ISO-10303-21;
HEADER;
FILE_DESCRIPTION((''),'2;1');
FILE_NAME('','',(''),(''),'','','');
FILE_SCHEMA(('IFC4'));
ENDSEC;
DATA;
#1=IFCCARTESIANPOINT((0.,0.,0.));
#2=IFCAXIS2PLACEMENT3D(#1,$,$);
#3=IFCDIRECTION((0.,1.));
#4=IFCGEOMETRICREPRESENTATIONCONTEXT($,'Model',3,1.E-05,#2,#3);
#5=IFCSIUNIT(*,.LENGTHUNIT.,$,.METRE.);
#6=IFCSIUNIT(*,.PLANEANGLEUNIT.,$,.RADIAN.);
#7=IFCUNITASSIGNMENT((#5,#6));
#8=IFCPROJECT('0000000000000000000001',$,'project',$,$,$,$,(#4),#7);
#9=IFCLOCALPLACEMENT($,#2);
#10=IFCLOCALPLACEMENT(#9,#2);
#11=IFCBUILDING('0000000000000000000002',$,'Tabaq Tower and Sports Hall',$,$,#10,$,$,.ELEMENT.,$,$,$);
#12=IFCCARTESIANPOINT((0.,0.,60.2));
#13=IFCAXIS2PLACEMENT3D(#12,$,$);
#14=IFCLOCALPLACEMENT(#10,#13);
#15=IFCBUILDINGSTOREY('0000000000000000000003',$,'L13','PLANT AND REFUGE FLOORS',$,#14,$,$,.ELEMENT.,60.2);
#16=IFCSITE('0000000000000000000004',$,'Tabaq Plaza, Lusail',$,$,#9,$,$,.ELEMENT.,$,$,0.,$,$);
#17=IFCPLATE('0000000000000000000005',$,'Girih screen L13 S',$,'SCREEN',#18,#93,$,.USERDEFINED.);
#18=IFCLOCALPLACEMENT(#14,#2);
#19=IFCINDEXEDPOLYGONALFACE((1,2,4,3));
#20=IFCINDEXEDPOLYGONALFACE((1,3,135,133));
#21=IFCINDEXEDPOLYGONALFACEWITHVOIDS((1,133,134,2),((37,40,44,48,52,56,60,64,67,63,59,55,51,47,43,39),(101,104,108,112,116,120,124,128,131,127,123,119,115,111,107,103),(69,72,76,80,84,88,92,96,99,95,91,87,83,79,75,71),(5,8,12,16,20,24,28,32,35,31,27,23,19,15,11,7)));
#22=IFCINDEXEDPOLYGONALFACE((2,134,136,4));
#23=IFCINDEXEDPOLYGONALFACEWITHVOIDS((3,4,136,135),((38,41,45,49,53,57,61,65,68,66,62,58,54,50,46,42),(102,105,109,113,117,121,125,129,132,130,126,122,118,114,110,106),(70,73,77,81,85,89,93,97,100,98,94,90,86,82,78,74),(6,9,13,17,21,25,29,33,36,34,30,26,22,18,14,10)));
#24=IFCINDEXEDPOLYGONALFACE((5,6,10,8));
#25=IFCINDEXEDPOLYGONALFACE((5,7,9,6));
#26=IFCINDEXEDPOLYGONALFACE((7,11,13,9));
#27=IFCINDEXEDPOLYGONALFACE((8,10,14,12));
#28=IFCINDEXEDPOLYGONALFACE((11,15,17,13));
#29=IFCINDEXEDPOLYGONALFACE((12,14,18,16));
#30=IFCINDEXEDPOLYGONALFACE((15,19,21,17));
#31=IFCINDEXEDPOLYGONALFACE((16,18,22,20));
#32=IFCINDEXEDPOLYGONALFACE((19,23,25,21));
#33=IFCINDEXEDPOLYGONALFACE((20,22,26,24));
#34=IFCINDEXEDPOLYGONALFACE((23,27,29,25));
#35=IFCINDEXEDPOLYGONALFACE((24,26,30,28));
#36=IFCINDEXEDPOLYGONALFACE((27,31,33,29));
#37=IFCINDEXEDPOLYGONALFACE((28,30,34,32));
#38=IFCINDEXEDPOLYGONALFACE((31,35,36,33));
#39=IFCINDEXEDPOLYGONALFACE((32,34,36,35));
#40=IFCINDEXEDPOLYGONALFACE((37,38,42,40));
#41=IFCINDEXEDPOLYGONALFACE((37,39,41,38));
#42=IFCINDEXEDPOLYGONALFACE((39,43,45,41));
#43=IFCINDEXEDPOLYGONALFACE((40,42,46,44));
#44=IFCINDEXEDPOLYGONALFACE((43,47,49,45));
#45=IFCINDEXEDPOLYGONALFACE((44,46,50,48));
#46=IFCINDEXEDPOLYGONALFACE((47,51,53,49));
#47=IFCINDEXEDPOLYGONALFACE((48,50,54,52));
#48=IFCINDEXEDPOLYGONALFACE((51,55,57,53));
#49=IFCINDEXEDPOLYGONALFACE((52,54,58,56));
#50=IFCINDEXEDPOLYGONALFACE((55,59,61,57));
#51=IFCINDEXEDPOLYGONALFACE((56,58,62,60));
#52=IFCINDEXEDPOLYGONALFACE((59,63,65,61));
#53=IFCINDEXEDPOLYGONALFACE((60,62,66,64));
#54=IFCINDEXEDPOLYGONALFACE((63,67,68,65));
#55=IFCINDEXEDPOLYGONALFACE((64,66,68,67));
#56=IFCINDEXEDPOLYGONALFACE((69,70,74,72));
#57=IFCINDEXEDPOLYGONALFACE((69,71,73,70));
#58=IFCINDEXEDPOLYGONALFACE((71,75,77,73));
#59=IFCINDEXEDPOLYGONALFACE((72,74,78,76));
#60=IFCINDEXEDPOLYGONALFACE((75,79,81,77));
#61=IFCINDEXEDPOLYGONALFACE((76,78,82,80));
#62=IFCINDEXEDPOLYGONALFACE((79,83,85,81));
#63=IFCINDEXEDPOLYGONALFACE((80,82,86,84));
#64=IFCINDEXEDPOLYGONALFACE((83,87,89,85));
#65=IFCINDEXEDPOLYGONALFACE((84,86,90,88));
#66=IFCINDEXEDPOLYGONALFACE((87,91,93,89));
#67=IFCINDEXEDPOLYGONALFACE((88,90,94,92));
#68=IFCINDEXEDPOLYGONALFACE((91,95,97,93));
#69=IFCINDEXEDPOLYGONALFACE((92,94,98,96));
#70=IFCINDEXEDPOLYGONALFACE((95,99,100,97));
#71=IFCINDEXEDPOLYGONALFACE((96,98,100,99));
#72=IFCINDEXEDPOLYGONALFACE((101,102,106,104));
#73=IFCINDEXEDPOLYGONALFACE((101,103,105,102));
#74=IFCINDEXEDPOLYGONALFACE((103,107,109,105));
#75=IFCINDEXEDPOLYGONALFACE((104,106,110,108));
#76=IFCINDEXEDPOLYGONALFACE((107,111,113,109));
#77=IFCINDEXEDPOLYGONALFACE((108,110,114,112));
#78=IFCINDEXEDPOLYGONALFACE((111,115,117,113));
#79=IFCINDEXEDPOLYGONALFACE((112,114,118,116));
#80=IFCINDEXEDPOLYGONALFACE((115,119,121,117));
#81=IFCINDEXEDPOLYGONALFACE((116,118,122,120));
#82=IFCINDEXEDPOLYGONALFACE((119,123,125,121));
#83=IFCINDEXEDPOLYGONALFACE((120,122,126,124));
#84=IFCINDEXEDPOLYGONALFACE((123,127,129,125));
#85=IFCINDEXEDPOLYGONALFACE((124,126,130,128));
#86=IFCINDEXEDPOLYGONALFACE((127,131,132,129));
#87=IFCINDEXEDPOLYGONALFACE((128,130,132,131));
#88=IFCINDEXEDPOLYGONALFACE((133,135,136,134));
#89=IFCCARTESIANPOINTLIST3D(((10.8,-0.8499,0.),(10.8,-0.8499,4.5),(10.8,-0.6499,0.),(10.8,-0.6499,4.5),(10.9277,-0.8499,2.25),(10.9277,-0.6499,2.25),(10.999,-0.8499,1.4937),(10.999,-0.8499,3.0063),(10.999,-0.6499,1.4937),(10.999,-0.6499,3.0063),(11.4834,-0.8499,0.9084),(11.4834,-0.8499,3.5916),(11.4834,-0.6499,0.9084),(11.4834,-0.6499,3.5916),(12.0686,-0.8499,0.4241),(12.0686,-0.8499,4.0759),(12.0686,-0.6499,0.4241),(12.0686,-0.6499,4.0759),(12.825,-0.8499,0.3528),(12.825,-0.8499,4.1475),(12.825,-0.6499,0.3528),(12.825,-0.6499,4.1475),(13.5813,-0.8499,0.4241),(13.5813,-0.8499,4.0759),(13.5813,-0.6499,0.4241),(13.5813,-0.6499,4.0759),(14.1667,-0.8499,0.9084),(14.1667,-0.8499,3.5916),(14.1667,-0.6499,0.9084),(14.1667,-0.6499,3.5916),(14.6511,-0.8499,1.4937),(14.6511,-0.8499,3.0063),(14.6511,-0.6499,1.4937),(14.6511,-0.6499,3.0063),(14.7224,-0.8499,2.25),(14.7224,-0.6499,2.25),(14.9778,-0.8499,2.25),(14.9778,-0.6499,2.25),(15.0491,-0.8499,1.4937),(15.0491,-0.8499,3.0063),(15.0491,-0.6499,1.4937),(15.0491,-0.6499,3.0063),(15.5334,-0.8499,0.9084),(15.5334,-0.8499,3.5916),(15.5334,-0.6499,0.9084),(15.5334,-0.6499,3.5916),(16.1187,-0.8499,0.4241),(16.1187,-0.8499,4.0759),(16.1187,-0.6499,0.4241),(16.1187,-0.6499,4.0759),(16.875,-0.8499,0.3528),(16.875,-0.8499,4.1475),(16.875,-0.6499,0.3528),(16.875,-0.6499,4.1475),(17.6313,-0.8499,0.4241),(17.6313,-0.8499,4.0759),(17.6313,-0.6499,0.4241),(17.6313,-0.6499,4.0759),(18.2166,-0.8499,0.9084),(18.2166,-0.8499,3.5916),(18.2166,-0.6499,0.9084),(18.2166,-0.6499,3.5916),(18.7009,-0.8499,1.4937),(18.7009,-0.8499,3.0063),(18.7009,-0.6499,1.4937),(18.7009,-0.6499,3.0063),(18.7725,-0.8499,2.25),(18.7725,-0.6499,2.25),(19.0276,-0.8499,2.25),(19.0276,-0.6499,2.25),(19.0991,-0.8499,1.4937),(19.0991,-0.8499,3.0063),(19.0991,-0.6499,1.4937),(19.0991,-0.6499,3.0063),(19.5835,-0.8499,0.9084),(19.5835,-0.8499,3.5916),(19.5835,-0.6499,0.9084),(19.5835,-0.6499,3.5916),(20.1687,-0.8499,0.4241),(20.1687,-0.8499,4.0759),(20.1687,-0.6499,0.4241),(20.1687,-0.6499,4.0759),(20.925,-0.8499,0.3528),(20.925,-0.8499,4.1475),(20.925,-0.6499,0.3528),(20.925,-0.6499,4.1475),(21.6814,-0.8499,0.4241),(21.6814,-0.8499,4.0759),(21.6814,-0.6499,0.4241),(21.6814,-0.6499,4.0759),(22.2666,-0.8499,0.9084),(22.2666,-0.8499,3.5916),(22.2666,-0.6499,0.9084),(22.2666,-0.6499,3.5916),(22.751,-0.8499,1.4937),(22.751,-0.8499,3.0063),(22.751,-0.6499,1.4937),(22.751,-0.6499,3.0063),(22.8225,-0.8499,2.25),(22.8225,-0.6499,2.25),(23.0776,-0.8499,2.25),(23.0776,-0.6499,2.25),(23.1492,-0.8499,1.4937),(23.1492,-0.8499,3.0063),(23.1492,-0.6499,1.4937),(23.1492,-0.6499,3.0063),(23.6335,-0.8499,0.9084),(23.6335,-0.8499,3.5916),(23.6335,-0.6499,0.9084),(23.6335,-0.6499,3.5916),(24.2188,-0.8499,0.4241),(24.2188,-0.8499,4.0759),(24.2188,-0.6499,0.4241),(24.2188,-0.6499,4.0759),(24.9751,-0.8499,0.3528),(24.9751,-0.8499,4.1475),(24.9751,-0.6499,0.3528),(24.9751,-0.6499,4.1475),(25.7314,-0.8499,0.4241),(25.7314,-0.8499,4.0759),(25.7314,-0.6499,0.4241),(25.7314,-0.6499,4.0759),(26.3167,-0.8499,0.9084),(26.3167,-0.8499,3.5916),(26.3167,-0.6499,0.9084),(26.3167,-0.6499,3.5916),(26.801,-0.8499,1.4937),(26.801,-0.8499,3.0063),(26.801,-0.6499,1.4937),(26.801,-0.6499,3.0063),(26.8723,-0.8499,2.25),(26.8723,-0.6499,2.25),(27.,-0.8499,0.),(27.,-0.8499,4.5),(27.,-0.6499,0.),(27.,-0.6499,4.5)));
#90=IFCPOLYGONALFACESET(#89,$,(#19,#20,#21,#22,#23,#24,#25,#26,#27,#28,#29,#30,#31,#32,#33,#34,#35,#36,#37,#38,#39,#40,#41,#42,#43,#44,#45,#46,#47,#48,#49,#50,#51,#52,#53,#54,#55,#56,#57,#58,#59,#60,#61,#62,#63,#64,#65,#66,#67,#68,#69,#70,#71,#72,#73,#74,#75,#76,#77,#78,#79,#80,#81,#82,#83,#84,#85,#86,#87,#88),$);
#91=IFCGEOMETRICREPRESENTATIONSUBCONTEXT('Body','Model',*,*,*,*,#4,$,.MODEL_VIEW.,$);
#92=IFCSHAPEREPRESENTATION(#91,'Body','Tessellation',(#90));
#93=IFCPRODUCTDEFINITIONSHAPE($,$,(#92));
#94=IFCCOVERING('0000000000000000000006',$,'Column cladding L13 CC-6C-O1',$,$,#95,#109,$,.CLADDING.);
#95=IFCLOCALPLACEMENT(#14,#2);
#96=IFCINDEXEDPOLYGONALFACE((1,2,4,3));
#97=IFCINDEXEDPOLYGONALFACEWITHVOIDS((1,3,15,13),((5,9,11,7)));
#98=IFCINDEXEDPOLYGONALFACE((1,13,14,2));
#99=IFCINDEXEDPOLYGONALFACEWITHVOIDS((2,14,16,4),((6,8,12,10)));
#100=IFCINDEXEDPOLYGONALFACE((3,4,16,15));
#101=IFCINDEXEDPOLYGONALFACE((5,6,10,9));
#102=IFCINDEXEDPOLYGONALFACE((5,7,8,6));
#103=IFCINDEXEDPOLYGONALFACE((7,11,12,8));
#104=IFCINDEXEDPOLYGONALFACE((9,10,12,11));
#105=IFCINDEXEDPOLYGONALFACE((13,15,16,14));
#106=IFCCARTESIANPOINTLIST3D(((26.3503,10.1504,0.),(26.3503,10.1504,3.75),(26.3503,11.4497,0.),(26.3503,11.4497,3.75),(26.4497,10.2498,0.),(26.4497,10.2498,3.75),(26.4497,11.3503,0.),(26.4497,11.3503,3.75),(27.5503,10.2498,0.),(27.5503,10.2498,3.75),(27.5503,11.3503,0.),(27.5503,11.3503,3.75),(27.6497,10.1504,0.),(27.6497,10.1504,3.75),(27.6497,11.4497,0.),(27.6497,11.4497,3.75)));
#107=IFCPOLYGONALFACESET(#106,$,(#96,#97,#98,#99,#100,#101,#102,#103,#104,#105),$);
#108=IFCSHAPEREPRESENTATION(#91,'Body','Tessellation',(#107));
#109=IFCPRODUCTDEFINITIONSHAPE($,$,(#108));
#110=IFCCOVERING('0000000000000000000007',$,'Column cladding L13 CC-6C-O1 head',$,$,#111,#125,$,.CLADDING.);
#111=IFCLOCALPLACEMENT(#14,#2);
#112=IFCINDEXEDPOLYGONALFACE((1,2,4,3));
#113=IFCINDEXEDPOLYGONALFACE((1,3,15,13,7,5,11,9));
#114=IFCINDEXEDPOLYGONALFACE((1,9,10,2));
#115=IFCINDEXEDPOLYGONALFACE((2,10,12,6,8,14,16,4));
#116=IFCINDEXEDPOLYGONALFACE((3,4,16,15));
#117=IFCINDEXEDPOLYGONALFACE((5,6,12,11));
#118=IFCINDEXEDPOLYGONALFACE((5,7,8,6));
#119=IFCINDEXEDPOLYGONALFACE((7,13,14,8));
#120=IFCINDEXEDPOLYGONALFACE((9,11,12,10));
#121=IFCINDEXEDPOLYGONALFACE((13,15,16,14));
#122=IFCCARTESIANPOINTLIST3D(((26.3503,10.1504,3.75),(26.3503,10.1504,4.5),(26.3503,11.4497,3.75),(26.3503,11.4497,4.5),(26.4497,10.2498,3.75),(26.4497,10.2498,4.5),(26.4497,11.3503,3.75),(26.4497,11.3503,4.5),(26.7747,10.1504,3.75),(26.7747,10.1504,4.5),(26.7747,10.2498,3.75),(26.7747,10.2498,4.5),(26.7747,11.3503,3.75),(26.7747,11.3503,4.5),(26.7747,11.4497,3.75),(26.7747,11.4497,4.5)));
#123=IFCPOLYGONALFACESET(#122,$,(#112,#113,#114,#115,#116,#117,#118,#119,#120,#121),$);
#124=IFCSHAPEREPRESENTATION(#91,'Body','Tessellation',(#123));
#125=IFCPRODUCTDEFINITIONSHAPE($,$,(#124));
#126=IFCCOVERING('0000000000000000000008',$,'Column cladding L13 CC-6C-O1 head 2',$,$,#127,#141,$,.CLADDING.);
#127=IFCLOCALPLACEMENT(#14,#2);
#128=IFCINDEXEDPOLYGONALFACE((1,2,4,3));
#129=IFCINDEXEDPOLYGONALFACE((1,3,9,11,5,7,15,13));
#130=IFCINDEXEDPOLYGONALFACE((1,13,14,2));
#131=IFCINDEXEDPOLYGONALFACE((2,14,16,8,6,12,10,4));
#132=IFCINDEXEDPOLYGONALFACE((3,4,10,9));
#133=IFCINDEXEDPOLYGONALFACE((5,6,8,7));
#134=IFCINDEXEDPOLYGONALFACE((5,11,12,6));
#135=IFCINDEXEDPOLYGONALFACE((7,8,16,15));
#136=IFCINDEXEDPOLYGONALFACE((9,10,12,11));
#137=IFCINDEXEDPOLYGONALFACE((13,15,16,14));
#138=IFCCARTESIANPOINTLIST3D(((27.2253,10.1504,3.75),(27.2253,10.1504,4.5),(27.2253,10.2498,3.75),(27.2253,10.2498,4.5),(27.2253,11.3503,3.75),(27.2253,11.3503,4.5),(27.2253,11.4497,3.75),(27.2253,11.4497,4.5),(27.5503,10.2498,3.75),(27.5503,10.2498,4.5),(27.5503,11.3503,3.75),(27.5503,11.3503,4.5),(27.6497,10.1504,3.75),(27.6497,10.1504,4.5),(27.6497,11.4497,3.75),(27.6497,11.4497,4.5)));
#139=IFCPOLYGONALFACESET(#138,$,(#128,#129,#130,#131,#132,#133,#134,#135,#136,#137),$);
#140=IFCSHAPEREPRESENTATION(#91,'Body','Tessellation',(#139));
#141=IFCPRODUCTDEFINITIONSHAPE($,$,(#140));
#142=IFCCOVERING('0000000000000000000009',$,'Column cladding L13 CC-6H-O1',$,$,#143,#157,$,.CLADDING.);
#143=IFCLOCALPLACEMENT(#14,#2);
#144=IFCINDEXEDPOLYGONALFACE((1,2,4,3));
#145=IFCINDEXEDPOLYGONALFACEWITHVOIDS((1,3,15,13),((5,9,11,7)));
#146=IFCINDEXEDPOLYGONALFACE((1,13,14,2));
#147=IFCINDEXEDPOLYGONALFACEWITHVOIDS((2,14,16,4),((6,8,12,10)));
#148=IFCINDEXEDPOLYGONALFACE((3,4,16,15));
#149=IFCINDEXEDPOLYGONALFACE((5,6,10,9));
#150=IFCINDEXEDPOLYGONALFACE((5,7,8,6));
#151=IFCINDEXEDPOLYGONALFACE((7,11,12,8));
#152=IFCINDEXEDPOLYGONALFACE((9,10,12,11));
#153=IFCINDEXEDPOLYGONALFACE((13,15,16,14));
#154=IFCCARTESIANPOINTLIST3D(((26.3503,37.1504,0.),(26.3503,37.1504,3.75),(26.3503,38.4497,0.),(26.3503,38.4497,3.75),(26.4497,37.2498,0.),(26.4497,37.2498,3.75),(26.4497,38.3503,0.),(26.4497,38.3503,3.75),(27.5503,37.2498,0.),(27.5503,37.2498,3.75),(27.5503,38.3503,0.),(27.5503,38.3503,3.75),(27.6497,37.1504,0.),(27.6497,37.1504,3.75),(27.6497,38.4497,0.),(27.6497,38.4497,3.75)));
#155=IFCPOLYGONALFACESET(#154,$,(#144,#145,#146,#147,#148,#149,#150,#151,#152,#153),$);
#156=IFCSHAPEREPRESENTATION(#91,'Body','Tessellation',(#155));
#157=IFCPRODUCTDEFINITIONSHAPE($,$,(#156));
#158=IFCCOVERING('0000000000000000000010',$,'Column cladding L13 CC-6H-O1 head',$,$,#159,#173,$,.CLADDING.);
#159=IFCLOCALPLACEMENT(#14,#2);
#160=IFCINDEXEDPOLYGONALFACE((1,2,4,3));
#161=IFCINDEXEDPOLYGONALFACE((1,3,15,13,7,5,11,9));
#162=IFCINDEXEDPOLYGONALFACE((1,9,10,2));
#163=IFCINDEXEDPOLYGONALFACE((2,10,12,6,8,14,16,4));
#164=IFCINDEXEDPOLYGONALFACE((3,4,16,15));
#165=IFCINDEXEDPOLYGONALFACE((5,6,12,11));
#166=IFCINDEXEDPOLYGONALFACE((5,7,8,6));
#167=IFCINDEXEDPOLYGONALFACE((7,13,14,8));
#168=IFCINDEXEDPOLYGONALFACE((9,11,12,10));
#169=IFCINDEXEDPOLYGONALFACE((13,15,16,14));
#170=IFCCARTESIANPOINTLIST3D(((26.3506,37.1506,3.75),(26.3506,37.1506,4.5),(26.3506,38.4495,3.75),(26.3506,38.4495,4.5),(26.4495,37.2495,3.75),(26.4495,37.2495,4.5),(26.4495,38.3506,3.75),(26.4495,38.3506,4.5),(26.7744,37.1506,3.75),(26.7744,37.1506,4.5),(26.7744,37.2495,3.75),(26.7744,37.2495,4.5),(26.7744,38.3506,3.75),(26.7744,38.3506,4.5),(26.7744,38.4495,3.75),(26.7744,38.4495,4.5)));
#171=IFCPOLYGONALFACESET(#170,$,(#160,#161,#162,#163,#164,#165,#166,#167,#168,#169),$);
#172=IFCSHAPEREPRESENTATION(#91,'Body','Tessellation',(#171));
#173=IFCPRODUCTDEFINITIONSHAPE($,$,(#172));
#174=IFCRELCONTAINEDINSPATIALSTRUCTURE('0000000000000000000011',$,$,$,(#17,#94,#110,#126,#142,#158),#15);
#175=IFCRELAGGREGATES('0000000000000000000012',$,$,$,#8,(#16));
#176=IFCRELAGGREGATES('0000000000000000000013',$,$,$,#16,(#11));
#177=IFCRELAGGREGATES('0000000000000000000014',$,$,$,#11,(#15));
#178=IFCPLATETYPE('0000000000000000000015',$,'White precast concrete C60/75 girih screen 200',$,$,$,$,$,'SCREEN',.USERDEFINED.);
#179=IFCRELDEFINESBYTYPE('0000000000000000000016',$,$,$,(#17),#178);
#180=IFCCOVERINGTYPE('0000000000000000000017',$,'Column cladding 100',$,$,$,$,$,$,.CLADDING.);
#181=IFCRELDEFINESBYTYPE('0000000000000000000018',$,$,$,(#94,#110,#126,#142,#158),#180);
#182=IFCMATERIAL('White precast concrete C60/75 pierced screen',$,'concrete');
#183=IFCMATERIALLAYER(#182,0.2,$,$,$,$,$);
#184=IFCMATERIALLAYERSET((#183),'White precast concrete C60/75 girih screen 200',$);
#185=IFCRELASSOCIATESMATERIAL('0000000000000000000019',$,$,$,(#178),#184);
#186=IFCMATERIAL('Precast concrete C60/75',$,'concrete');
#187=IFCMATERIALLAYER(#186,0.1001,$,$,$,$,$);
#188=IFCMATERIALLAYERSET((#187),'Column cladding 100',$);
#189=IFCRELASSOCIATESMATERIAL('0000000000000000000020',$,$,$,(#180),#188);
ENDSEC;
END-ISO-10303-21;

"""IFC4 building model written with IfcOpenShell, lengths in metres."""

from ifc_helpers import new_model, si_unit, direction, frame, origin, place, context, subcontext, project, spatial, polyline, outline, extrude, material, layer, layer_set, type_object, element, save


model = new_model("IFC4")

# Units and contexts
model_context = context("Model", 3, precision=1e-05, world=origin(), true_north=direction((0.0, 1.0)))
body_context = subcontext(model_context, "Body", "Model", "MODEL_VIEW")
ifc_project = project(units=[si_unit("LENGTHUNIT", "METRE"), si_unit("PLANEANGLEUNIT", "RADIAN")], contexts=[model_context])

# Site, building, storey
site_placement = place(None, origin())
site = spatial("IfcSite", under=ifc_project, at=site_placement, Name="Tabaq Plaza, Lusail", CompositionType="ELEMENT", RefElevation=0.0)
building_placement = place(site_placement, origin())
building = spatial("IfcBuilding", under=site, at=building_placement, Name="Tabaq Tower and Sports Hall", CompositionType="ELEMENT")
storey_placement = place(building_placement, frame((0.0, 0.0, 60.2)))
storey = spatial("IfcBuildingStorey", under=building, at=storey_placement, Name="L13", Description="PLANT AND REFUGE FLOORS", CompositionType="ELEMENT", Elevation=60.2)

# Plate
ifc_material_1 = material(Name="White precast concrete C60/75 pierced screen", Category="concrete")
ifc_layer_1 = layer(ifc_material_1, 0.2)
ifc_layer_set_1 = layer_set([ifc_layer_1], Name="White precast concrete C60/75 girih screen 200")
plate_type = type_object("IfcPlateType", Name="White precast concrete C60/75 girih screen 200", ElementType="SCREEN", PredefinedType="USERDEFINED", material=ifc_layer_set_1)
plate_placement = place(storey_placement, frame((10.8, -0.75, 0.0), z_axis=(0.0, 0.0, 1.0), x_axis=(1.0, 0.0, 0.0)))
element("IfcPlate", 1, at=plate_placement, inside=storey, type_object=plate_type, Name="Girih screen L13 S", ObjectType="SCREEN", PredefinedType="USERDEFINED", context=body_context, shape_type="SweptSolid", body=[
    extrude(outline(polyline([(0.0, 0.0), (16.2, 0.0), (16.2, 4.5), (0.0, 4.5), (0.0, 0.0)]), holes=[polyline([(3.8511, 3.0063), (3.3667, 3.5916), (2.7812, 4.0759), (2.0249, 4.1475), (1.2686, 4.0759), (0.6833, 3.5916), (0.199, 3.0063), (0.1277, 2.25), (0.199, 1.4937), (0.6833, 0.9084), (1.2686, 0.4241), (2.0249, 0.3528), (2.7812, 0.4241), (3.3667, 0.9084), (3.8511, 1.4937), (3.9224, 2.25), (3.8511, 3.0063)]), polyline([(7.9009, 3.0063), (7.4165, 3.5916), (6.8313, 4.0759), (6.075, 4.1475), (5.3186, 4.0759), (4.7334, 3.5916), (4.249, 3.0063), (4.1777, 2.25), (4.249, 1.4937), (4.7334, 0.9084), (5.3186, 0.4241), (6.075, 0.3528), (6.8313, 0.4241), (7.4165, 0.9084), (7.9009, 1.4937), (7.9724, 2.25), (7.9009, 3.0063)]), polyline([(11.9509, 3.0063), (11.4666, 3.5916), (10.8813, 4.0759), (10.125, 4.1475), (9.3687, 4.0759), (8.7834, 3.5916), (8.2991, 3.0063), (8.2275, 2.25), (8.2991, 1.4937), (8.7834, 0.9084), (9.3687, 0.4241), (10.125, 0.3528), (10.8813, 0.4241), (11.4666, 0.9084), (11.9509, 1.4937), (12.0225, 2.25), (11.9509, 3.0063)]), polyline([(16.001, 3.0063), (15.5166, 3.5916), (14.9314, 4.0759), (14.175, 4.1475), (13.4187, 4.0759), (12.8335, 3.5916), (12.3491, 3.0063), (12.2776, 2.25), (12.3491, 1.4937), (12.8335, 0.9084), (13.4187, 0.4241), (14.175, 0.3528), (14.9314, 0.4241), (15.5166, 0.9084), (16.001, 1.4937), (16.0723, 2.25), (16.001, 3.0063)])]), frame((0.0, 0.1001, 0.0), z_axis=(0.0, -1.0, 0.0), x_axis=(1.0, 0.0, 0.0)), (0.0, 0.0, 1.0), 0.2),
])

# Coverings
ifc_material_2 = material(Name="Precast concrete C60/75", Category="concrete")
ifc_layer_2 = layer(ifc_material_2, 0.1001)
ifc_layer_set_2 = layer_set([ifc_layer_2], Name="Column cladding 100")
covering_type_1 = type_object("IfcCoveringType", Name="Column cladding 100", PredefinedType="CLADDING", material=ifc_layer_set_2)
covering_1_placement = place(storey_placement, origin())
element("IfcCovering", 2, at=covering_1_placement, inside=storey, type_object=covering_type_1, Name="Column cladding L13 CC-6C-O1", PredefinedType="CLADDING", context=body_context, shape_type="SweptSolid", body=[
    extrude(outline(polyline([(26.3503, 11.4497), (27.6497, 11.4497), (27.6497, 10.1504), (26.3503, 10.1504), (26.3503, 11.4497)]), holes=[polyline([(27.5503, 10.2498), (27.5503, 11.3503), (26.4497, 11.3503), (26.4497, 10.2498), (27.5503, 10.2498)])]), origin(), (0.0, 0.0, 1.0), 3.75),
])
covering_2_placement = place(storey_placement, frame((0.0, 0.0, 3.75)))
element("IfcCovering", 3, at=covering_2_placement, inside=storey, type_object=covering_type_1, Name="Column cladding L13 CC-6C-O1 head", PredefinedType="CLADDING", context=body_context, shape_type="SweptSolid", body=[
    extrude(outline(polyline([(26.7747, 11.4497), (26.7747, 11.3503), (26.4497, 11.3503), (26.4497, 10.2498), (26.7747, 10.2498), (26.7747, 10.1504), (26.3503, 10.1504), (26.3503, 11.4497), (26.7747, 11.4497)])), origin(), (0.0, 0.0, 1.0), 0.75),
])
covering_3_placement = place(storey_placement, frame((0.0, 0.0, 3.75)))
element("IfcCovering", 4, at=covering_3_placement, inside=storey, type_object=covering_type_1, Name="Column cladding L13 CC-6C-O1 head 2", PredefinedType="CLADDING", context=body_context, shape_type="SweptSolid", body=[
    extrude(outline(polyline([(27.6497, 11.4497), (27.6497, 10.1504), (27.2253, 10.1504), (27.2253, 10.2498), (27.5503, 10.2498), (27.5503, 11.3503), (27.2253, 11.3503), (27.2253, 11.4497), (27.6497, 11.4497)])), origin(), (0.0, 0.0, 1.0), 0.75),
])
covering_4_placement = place(storey_placement, origin())
element("IfcCovering", 5, at=covering_4_placement, inside=storey, type_object=covering_type_1, Name="Column cladding L13 CC-6H-O1", PredefinedType="CLADDING", context=body_context, shape_type="SweptSolid", body=[
    extrude(outline(polyline([(26.3503, 38.4497), (27.6497, 38.4497), (27.6497, 37.1504), (26.3503, 37.1504), (26.3503, 38.4497)]), holes=[polyline([(27.5503, 37.2498), (27.5503, 38.3503), (26.4497, 38.3503), (26.4497, 37.2498), (27.5503, 37.2498)])]), origin(), (0.0, 0.0, 1.0), 3.75),
])
covering_5_placement = place(storey_placement, frame((0.0, 0.0, 3.75)))
element("IfcCovering", 6, at=covering_5_placement, inside=storey, type_object=covering_type_1, Name="Column cladding L13 CC-6H-O1 head", PredefinedType="CLADDING", context=body_context, shape_type="SweptSolid", body=[
    extrude(outline(polyline([(26.7744, 38.3506), (26.4495, 38.3506), (26.4495, 37.2495), (26.7744, 37.2495), (26.7744, 37.1506), (26.3506, 37.1506), (26.3506, 38.4495), (26.7744, 38.4495), (26.7744, 38.3506)])), origin(), (0.0, 0.0, 1.0), 0.75),
])

save(model, "model.ifc")
